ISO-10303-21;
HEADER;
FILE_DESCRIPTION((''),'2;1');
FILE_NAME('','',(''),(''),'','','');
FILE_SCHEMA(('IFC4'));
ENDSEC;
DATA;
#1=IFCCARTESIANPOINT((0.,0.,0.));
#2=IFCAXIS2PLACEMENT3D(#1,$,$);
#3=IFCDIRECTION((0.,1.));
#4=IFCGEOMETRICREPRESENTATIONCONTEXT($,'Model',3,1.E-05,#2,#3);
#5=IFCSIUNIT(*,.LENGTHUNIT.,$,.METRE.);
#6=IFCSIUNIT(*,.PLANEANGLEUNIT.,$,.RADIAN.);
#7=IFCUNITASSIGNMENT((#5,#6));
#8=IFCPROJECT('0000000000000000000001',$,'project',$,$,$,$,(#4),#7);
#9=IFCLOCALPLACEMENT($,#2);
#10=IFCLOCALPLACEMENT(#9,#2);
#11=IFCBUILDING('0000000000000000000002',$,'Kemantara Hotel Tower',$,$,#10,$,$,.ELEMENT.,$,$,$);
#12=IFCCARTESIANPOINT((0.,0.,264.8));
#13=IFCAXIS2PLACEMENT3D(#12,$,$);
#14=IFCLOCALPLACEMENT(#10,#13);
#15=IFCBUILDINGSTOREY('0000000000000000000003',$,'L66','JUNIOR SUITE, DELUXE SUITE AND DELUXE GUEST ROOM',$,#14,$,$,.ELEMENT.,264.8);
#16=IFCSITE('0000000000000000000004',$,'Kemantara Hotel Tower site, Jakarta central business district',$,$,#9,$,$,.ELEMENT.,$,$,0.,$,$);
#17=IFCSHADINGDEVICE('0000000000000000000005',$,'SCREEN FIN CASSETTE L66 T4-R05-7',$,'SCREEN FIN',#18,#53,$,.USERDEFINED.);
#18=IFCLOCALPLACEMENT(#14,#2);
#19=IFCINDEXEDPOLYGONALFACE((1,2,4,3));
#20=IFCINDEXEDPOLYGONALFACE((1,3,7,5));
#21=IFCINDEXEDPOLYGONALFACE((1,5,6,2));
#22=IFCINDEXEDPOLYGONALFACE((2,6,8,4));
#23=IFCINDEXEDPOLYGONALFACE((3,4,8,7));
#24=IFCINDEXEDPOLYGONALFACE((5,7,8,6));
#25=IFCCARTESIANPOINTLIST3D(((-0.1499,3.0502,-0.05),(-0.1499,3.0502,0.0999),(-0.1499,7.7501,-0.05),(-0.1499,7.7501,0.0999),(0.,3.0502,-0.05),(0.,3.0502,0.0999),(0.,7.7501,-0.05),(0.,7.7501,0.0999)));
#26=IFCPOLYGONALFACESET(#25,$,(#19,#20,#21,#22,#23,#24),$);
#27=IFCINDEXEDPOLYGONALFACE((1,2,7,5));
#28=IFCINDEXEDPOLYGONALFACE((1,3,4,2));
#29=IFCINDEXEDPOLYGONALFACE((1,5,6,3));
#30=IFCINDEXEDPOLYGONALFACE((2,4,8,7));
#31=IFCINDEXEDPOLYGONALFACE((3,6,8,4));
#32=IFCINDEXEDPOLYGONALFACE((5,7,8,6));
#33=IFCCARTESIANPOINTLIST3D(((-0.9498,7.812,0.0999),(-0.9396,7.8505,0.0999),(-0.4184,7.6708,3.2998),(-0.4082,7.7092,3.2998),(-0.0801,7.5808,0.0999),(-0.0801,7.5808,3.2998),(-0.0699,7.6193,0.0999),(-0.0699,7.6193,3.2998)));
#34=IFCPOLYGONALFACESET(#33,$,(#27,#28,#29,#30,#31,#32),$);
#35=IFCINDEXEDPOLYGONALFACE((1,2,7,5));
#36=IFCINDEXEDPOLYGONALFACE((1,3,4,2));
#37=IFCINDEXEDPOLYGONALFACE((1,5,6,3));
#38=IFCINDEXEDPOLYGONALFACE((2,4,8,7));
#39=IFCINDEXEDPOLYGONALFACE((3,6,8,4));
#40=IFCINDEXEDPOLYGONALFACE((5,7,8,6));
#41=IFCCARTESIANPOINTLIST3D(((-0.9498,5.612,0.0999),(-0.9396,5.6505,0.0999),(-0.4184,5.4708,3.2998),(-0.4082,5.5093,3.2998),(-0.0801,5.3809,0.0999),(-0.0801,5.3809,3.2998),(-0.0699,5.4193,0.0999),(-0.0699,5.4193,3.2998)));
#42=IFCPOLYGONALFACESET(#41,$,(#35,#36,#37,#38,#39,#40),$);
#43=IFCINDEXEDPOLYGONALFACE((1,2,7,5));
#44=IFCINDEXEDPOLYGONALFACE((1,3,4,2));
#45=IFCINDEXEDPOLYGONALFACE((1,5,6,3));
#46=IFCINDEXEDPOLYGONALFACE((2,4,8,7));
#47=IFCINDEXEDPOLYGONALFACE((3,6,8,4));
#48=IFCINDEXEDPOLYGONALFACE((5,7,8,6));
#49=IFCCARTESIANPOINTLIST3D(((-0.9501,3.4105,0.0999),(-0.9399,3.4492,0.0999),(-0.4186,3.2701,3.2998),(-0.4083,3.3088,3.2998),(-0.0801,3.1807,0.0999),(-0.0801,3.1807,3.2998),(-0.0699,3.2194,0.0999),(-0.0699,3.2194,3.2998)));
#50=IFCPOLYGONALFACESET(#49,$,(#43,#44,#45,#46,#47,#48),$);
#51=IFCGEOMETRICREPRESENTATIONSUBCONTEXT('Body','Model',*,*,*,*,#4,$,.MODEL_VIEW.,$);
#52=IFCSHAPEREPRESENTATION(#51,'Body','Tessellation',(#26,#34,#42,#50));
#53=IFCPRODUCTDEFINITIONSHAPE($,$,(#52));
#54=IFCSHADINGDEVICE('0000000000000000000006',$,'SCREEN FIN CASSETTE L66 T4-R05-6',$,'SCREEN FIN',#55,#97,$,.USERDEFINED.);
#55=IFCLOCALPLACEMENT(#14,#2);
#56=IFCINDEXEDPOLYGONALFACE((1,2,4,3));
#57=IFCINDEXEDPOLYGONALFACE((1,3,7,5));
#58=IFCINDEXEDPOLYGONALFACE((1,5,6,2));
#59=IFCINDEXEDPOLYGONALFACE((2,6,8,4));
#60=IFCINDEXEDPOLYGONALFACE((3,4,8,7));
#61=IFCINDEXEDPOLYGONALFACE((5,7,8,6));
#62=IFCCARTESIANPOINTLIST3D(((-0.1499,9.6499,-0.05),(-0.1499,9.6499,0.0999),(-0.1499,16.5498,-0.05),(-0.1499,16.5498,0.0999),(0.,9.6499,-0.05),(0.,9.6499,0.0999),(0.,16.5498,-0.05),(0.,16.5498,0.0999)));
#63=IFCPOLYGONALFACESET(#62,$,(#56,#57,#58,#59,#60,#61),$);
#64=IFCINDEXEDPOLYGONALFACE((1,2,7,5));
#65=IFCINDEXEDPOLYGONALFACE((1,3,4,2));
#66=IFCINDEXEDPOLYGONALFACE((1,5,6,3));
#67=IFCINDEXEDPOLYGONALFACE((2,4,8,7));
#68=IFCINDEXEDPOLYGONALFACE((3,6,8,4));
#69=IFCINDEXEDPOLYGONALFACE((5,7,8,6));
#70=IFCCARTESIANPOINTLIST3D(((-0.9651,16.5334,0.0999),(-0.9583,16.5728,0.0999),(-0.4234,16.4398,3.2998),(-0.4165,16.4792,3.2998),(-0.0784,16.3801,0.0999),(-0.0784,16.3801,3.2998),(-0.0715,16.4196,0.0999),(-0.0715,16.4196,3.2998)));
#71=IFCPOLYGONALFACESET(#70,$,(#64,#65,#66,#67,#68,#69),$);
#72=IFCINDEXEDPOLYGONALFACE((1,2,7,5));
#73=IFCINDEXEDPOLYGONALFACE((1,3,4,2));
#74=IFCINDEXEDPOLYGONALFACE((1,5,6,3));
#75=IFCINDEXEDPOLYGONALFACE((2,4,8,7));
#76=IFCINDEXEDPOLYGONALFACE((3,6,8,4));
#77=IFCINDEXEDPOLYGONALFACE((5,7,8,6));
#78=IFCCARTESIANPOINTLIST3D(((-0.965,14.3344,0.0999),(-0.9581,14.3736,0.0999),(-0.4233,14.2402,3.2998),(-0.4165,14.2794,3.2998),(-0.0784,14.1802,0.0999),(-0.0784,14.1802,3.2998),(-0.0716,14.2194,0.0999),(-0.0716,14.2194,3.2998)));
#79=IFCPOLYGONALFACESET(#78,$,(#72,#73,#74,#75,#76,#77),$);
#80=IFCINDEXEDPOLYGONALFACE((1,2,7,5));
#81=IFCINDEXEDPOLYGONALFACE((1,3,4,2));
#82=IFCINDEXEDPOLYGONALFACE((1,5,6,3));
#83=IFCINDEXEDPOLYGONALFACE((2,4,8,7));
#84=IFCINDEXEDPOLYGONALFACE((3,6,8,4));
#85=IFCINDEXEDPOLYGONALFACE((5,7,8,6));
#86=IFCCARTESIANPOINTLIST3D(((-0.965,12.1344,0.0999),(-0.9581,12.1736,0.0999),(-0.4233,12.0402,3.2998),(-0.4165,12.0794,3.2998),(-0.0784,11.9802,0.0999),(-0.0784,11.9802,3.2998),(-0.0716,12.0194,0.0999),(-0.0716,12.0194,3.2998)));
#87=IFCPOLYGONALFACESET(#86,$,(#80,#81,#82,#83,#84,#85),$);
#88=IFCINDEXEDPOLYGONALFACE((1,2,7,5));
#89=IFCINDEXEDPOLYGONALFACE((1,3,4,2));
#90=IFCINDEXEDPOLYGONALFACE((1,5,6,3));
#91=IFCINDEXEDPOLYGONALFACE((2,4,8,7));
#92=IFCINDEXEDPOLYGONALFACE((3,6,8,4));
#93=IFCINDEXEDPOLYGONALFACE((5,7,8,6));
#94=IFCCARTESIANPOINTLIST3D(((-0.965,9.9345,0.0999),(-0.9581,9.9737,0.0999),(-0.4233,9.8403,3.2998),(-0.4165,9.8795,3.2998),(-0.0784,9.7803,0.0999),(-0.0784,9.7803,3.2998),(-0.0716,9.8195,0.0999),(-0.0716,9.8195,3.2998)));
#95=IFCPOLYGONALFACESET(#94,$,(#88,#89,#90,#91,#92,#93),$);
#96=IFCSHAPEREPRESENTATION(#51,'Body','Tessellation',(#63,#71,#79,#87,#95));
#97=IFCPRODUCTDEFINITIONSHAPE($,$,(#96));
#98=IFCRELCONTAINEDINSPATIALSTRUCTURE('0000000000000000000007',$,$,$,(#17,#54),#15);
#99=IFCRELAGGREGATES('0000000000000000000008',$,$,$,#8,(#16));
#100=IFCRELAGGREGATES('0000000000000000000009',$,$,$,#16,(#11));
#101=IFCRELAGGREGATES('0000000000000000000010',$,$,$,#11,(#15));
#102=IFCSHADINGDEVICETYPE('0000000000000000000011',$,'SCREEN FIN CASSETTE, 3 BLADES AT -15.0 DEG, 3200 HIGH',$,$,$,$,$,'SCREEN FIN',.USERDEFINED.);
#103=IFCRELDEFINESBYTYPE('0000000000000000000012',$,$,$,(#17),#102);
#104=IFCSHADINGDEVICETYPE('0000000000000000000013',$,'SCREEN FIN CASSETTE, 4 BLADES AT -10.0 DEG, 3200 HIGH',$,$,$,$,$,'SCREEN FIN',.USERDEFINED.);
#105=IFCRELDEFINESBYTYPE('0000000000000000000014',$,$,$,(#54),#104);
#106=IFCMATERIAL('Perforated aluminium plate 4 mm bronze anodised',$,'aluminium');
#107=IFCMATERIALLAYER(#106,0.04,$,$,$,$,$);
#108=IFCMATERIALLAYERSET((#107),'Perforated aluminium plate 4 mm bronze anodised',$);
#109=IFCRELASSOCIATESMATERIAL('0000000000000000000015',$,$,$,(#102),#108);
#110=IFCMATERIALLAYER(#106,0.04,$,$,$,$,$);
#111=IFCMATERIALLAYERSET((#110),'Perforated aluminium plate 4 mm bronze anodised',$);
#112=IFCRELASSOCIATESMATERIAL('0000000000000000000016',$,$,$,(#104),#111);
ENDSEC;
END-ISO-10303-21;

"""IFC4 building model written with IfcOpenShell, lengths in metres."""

from ifc_helpers import new_model, si_unit, direction, frame, origin, origin_2d, place, context, subcontext, project, spatial, polyline, rectangle, outline, extrude, source, transform, mapped, material, layer, layer_set, type_object, element, save


model = new_model("IFC4")

# Units and contexts
model_context = context("Model", 3, precision=1e-05, world=origin(), true_north=direction((0.0, 1.0)))
body_context = subcontext(model_context, "Body", "Model", "MODEL_VIEW")
ifc_project = project(units=[si_unit("LENGTHUNIT", "METRE"), si_unit("PLANEANGLEUNIT", "RADIAN")], contexts=[model_context])

# Site, building, storey
site_placement = place(None, origin())
site = spatial("IfcSite", under=ifc_project, at=site_placement, Name="Kemantara Hotel Tower site, Jakarta central business district", CompositionType="ELEMENT", RefElevation=0.0)
building_placement = place(site_placement, origin())
building = spatial("IfcBuilding", under=site, at=building_placement, Name="Kemantara Hotel Tower", CompositionType="ELEMENT")
storey_placement = place(building_placement, frame((0.0, 0.0, 264.8)))
storey = spatial("IfcBuildingStorey", under=building, at=storey_placement, Name="L66", Description="JUNIOR SUITE, DELUXE SUITE AND DELUXE GUEST ROOM", CompositionType="ELEMENT", Elevation=264.8)

# Shading devices
ifc_material_1 = material(Name="Perforated aluminium plate 4 mm bronze anodised", Category="aluminium")
ifc_layer_1 = layer(ifc_material_1, 0.04)
ifc_layer_set_1 = layer_set([ifc_layer_1], Name="Perforated aluminium plate 4 mm bronze anodised")
shading_device_type_1 = type_object("IfcShadingDeviceType", Name="SCREEN FIN CASSETTE, 3 BLADES AT -15.0 DEG, 3200 HIGH", ElementType="SCREEN FIN", PredefinedType="USERDEFINED", material=ifc_layer_set_1)
shared_shape_1 = source(origin(), body_context, "Body", "SweptSolid", [
    extrude(rectangle(XDim=4.7, YDim=0.1499, at=origin_2d()), frame((2.2, -0.075, -0.1499), z_axis=(0.0, 0.0, 1.0), x_axis=(1.0, 0.0, 0.0)), (0.0, 0.0, 1.0), 0.1499),
    extrude(outline(polyline([(0.0, 0.0), (0.8999, 0.0), (0.3501, 3.2), (0.0, 3.2), (0.0, 0.0)])), frame((0.0193, -0.0801, 0.0), z_axis=(-0.966438, 0.256901, 0.0), x_axis=(-0.256901, -0.966438, 0.0)), (0.0, 0.0, 1.0), 0.0398),
    extrude(outline(polyline([(0.0, 0.0), (0.8999, 0.0), (0.3501, 3.2), (0.0, 3.2), (0.0, 0.0)])), frame((2.2192, -0.0801, 0.0), z_axis=(-0.966438, 0.256901, 0.0), x_axis=(-0.256901, -0.966438, 0.0)), (0.0, 0.0, 1.0), 0.0398),
    extrude(outline(polyline([(0.0, 0.0), (0.8999, 0.0), (0.3501, 3.2), (0.0, 3.2), (0.0, 0.0)])), frame((4.4194, -0.0801, 0.0), z_axis=(-0.966838, 0.255391, 0.0), x_axis=(-0.255391, -0.966838, 0.0)), (0.0, 0.0, 1.0), 0.04),
])
shading_device_1_placement = place(storey_placement, frame((0.0, 7.6001, 0.0999), z_axis=(0.0, 0.0, 1.0), x_axis=(0.0, -1.0, 0.0)))
element("IfcShadingDevice", 1, at=shading_device_1_placement, inside=storey, type_object=shading_device_type_1, Name="SCREEN FIN CASSETTE L66 T4-R05-7", ObjectType="SCREEN FIN", PredefinedType="USERDEFINED", context=body_context, shape_type="MappedRepresentation", body=[
    mapped(shared_shape_1, transform((0.0, 0.0, 0.0))),
])
ifc_layer_2 = layer(ifc_material_1, 0.04)
ifc_layer_set_2 = layer_set([ifc_layer_2], Name="Perforated aluminium plate 4 mm bronze anodised")
shading_device_type_2 = type_object("IfcShadingDeviceType", Name="SCREEN FIN CASSETTE, 4 BLADES AT -10.0 DEG, 3200 HIGH", ElementType="SCREEN FIN", PredefinedType="USERDEFINED", material=ifc_layer_set_2)
shared_shape_2 = source(origin(), body_context, "Body", "SweptSolid", [
    extrude(rectangle(XDim=6.8999, YDim=0.1499, at=origin_2d()), frame((3.3, -0.075, -0.1499), z_axis=(0.0, 0.0, 1.0), x_axis=(1.0, 0.0, 0.0)), (0.0, 0.0, 1.0), 0.1499),
    extrude(outline(polyline([(0.0, 0.0), (0.8999, 0.0), (0.3501, 3.2), (0.0, 3.2), (0.0, 0.0)])), frame((0.0198, -0.0784, 0.0), z_axis=(-0.98539, 0.170314, 0.0), x_axis=(-0.170314, -0.98539, 0.0)), (0.0, 0.0, 1.0), 0.04),
    extrude(outline(polyline([(0.0, 0.0), (0.8999, 0.0), (0.3501, 3.2), (0.0, 3.2), (0.0, 0.0)])), frame((2.2197, -0.0784, 0.0), z_axis=(-0.985212, 0.171341, 0.0), x_axis=(-0.171341, -0.985212, 0.0)), (0.0, 0.0, 1.0), 0.0398),
    extrude(outline(polyline([(0.0, 0.0), (0.8999, 0.0), (0.3501, 3.2), (0.0, 3.2), (0.0, 0.0)])), frame((4.4197, -0.0784, 0.0), z_axis=(-0.985212, 0.171341, 0.0), x_axis=(-0.171341, -0.985212, 0.0)), (0.0, 0.0, 1.0), 0.0398),
    extrude(outline(polyline([(0.0, 0.0), (0.8999, 0.0), (0.3501, 3.2), (0.0, 3.2), (0.0, 0.0)])), frame((6.6196, -0.0784, 0.0), z_axis=(-0.985212, 0.171341, 0.0), x_axis=(-0.171341, -0.985212, 0.0)), (0.0, 0.0, 1.0), 0.0398),
])
shading_device_2_placement = place(storey_placement, frame((0.0, 16.3999, 0.0999), z_axis=(0.0, 0.0, 1.0), x_axis=(0.0, -1.0, 0.0)))
element("IfcShadingDevice", 2, at=shading_device_2_placement, inside=storey, type_object=shading_device_type_2, Name="SCREEN FIN CASSETTE L66 T4-R05-6", ObjectType="SCREEN FIN", PredefinedType="USERDEFINED", context=body_context, shape_type="MappedRepresentation", body=[
    mapped(shared_shape_2, transform((0.0, 0.0, 0.0))),
])

save(model, "model.ifc")
